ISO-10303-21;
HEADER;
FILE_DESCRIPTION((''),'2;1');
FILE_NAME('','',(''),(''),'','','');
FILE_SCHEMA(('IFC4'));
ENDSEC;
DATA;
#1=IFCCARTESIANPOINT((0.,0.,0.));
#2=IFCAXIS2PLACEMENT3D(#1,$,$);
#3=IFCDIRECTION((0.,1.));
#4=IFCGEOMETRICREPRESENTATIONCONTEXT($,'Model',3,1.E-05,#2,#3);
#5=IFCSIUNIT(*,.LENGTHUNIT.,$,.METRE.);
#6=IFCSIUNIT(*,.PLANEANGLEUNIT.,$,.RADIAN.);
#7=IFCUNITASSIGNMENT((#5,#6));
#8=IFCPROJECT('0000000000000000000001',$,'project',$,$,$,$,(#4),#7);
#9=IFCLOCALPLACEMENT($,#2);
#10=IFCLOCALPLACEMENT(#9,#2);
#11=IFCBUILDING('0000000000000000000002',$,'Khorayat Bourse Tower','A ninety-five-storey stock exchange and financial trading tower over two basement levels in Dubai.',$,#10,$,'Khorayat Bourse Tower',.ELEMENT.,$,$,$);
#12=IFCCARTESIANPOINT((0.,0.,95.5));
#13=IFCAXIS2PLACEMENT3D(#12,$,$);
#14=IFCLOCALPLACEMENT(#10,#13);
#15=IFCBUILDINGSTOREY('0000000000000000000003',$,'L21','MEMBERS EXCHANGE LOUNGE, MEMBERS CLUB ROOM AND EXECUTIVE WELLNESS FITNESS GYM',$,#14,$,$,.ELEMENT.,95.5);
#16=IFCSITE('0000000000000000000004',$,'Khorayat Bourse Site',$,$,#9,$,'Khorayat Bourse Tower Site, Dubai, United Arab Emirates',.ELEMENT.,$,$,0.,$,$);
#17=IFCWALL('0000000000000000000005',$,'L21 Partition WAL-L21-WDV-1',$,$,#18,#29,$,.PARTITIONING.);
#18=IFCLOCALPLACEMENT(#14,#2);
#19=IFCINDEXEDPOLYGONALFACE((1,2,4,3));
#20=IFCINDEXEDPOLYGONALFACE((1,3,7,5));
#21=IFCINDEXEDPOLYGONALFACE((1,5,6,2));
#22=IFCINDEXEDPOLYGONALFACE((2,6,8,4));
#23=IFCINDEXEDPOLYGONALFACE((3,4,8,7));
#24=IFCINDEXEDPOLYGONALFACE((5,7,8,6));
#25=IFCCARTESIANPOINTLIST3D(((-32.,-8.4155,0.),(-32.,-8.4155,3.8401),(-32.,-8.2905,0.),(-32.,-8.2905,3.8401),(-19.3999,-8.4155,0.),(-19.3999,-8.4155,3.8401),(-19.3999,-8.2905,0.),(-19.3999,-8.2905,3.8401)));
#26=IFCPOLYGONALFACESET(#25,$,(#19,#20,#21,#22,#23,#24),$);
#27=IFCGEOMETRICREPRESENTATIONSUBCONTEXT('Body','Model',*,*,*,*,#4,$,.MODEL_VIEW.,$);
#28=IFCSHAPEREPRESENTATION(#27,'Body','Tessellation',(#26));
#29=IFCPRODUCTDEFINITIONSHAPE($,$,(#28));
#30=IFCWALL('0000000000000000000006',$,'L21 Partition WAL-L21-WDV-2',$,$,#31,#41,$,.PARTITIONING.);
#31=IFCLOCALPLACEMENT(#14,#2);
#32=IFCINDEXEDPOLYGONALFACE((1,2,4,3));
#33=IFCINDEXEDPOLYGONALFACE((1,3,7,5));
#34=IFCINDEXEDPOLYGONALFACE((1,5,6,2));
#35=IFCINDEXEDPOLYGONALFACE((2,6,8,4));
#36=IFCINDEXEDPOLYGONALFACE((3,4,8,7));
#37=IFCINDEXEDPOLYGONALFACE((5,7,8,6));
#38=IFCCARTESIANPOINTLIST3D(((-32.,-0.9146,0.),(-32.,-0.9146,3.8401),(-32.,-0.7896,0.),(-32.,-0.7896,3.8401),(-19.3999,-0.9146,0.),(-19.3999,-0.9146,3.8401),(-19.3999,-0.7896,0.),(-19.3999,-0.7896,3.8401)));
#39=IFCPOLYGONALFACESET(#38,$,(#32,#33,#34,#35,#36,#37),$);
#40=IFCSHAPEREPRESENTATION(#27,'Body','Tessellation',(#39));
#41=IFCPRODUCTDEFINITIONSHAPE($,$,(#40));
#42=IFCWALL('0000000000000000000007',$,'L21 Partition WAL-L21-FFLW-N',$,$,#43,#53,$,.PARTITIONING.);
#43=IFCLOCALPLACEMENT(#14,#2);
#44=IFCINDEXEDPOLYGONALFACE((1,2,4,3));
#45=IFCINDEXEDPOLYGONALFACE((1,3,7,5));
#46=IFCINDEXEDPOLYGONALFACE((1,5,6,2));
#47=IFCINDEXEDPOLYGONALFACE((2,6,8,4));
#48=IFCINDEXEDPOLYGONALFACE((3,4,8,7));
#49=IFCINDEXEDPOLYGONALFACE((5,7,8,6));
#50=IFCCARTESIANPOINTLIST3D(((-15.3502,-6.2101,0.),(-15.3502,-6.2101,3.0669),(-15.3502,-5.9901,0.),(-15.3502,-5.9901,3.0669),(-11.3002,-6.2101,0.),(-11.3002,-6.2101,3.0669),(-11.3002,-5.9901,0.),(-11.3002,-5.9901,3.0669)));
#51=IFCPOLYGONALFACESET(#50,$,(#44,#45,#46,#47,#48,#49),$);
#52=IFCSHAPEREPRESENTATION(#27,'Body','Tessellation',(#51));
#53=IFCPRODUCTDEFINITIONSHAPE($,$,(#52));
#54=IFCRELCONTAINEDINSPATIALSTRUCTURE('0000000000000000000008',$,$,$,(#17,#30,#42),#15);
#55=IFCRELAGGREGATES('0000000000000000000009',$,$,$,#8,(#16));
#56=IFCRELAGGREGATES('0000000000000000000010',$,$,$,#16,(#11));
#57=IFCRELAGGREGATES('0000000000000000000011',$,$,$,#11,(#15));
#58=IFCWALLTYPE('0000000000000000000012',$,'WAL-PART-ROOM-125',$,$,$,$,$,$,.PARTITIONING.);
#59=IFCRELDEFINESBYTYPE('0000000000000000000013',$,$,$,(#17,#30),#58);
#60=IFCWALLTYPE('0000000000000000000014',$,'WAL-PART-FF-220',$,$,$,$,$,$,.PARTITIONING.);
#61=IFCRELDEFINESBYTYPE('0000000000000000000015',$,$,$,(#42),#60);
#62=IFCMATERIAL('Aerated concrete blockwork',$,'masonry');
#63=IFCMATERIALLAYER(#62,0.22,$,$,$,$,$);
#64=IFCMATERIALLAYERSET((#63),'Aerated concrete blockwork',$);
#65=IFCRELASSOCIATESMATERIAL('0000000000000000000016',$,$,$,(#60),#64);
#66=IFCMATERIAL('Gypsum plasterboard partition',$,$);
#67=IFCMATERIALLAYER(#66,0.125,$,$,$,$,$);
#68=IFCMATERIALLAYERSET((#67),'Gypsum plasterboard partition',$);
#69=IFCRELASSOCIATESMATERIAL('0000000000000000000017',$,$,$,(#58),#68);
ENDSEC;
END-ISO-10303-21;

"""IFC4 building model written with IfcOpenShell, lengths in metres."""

from ifc_helpers import new_model, si_unit, direction, frame, frame_2d, origin, place, context, subcontext, project, spatial, rectangle, extrude, source, transform, mapped, material, layer, layer_set, type_object, element, save


model = new_model("IFC4")

# Units and contexts
model_context = context("Model", 3, precision=1e-05, world=origin(), true_north=direction((0.0, 1.0)))
body_context = subcontext(model_context, "Body", "Model", "MODEL_VIEW")
ifc_project = project(units=[si_unit("LENGTHUNIT", "METRE"), si_unit("PLANEANGLEUNIT", "RADIAN")], contexts=[model_context])

# Site, building, storey
site_placement = place(None, origin())
site = spatial("IfcSite", under=ifc_project, at=site_placement, Name="Khorayat Bourse Site", LongName="Khorayat Bourse Tower Site, Dubai, United Arab Emirates", CompositionType="ELEMENT", RefElevation=0.0)
building_placement = place(site_placement, origin())
building = spatial("IfcBuilding", under=site, at=building_placement, Name="Khorayat Bourse Tower", Description="A ninety-five-storey stock exchange and financial trading tower over two basement levels in Dubai.", LongName="Khorayat Bourse Tower", CompositionType="ELEMENT")
storey_placement = place(building_placement, frame((0.0, 0.0, 95.5)))
storey = spatial("IfcBuildingStorey", under=building, at=storey_placement, Name="L21", Description="MEMBERS EXCHANGE LOUNGE, MEMBERS CLUB ROOM AND EXECUTIVE WELLNESS FITNESS GYM", CompositionType="ELEMENT", Elevation=95.5)

# Shared definitions
ifc_material_1 = material(Name="Aerated concrete blockwork", Category="masonry")
ifc_layer_1 = layer(ifc_material_1, 0.22)
ifc_layer_set_1 = layer_set([ifc_layer_1], Name="Aerated concrete blockwork")
wall_type_1 = type_object("IfcWallType", Name="WAL-PART-FF-220", PredefinedType="PARTITIONING", material=ifc_layer_set_1)

# Walls
ifc_material_2 = material(Name="Gypsum plasterboard partition")
ifc_layer_2 = layer(ifc_material_2, 0.125)
ifc_layer_set_2 = layer_set([ifc_layer_2], Name="Gypsum plasterboard partition")
wall_type_2 = type_object("IfcWallType", Name="WAL-PART-ROOM-125", PredefinedType="PARTITIONING", material=ifc_layer_set_2)
shared_shape_1 = source(origin(), body_context, "Body", "SweptSolid", [
    extrude(rectangle(XDim=12.6001, YDim=0.125, at=frame_2d((6.3, 0.0))), origin(), (0.0, 0.0, 1.0), 3.8401),
])
for number, where, z_axis, x_axis, name in (
    (1, (-32.0, -8.353, 0.0), (0.0, 0.0, 1.0), (1.0, 0.0, 0.0), "L21 Partition WAL-L21-WDV-1"),
    (2, (-32.0, -0.8521, 0.0), (0.0, 0.0, 1.0), (1.0, 0.0, 0.0), "L21 Partition WAL-L21-WDV-2"),
):
    element("IfcWall", number, at=place(storey_placement, frame(where, z_axis=z_axis, x_axis=x_axis)), inside=storey, type_object=wall_type_2, Name=name, PredefinedType="PARTITIONING", context=body_context, shape_type="MappedRepresentation", body=[
        mapped(shared_shape_1, transform((0.0, 0.0, 0.0), scale=1.0)),
    ])
shared_shape_2 = source(origin(), body_context, "Body", "SweptSolid", [
    extrude(rectangle(XDim=4.05, YDim=0.22, at=frame_2d((2.0249, 0.0))), origin(), (0.0, 0.0, 1.0), 3.0669),
])
wall_1_placement = place(storey_placement, frame((-15.3501, -6.1001, 0.0), z_axis=(0.0, 0.0, 1.0), x_axis=(1.0, 0.0, 0.0)))
element("IfcWall", 3, at=wall_1_placement, inside=storey, type_object=wall_type_1, Name="L21 Partition WAL-L21-FFLW-N", PredefinedType="PARTITIONING", context=body_context, shape_type="MappedRepresentation", body=[
    mapped(shared_shape_2, transform((0.0, 0.0, 0.0), scale=1.0)),
])

save(model, "model.ifc")
